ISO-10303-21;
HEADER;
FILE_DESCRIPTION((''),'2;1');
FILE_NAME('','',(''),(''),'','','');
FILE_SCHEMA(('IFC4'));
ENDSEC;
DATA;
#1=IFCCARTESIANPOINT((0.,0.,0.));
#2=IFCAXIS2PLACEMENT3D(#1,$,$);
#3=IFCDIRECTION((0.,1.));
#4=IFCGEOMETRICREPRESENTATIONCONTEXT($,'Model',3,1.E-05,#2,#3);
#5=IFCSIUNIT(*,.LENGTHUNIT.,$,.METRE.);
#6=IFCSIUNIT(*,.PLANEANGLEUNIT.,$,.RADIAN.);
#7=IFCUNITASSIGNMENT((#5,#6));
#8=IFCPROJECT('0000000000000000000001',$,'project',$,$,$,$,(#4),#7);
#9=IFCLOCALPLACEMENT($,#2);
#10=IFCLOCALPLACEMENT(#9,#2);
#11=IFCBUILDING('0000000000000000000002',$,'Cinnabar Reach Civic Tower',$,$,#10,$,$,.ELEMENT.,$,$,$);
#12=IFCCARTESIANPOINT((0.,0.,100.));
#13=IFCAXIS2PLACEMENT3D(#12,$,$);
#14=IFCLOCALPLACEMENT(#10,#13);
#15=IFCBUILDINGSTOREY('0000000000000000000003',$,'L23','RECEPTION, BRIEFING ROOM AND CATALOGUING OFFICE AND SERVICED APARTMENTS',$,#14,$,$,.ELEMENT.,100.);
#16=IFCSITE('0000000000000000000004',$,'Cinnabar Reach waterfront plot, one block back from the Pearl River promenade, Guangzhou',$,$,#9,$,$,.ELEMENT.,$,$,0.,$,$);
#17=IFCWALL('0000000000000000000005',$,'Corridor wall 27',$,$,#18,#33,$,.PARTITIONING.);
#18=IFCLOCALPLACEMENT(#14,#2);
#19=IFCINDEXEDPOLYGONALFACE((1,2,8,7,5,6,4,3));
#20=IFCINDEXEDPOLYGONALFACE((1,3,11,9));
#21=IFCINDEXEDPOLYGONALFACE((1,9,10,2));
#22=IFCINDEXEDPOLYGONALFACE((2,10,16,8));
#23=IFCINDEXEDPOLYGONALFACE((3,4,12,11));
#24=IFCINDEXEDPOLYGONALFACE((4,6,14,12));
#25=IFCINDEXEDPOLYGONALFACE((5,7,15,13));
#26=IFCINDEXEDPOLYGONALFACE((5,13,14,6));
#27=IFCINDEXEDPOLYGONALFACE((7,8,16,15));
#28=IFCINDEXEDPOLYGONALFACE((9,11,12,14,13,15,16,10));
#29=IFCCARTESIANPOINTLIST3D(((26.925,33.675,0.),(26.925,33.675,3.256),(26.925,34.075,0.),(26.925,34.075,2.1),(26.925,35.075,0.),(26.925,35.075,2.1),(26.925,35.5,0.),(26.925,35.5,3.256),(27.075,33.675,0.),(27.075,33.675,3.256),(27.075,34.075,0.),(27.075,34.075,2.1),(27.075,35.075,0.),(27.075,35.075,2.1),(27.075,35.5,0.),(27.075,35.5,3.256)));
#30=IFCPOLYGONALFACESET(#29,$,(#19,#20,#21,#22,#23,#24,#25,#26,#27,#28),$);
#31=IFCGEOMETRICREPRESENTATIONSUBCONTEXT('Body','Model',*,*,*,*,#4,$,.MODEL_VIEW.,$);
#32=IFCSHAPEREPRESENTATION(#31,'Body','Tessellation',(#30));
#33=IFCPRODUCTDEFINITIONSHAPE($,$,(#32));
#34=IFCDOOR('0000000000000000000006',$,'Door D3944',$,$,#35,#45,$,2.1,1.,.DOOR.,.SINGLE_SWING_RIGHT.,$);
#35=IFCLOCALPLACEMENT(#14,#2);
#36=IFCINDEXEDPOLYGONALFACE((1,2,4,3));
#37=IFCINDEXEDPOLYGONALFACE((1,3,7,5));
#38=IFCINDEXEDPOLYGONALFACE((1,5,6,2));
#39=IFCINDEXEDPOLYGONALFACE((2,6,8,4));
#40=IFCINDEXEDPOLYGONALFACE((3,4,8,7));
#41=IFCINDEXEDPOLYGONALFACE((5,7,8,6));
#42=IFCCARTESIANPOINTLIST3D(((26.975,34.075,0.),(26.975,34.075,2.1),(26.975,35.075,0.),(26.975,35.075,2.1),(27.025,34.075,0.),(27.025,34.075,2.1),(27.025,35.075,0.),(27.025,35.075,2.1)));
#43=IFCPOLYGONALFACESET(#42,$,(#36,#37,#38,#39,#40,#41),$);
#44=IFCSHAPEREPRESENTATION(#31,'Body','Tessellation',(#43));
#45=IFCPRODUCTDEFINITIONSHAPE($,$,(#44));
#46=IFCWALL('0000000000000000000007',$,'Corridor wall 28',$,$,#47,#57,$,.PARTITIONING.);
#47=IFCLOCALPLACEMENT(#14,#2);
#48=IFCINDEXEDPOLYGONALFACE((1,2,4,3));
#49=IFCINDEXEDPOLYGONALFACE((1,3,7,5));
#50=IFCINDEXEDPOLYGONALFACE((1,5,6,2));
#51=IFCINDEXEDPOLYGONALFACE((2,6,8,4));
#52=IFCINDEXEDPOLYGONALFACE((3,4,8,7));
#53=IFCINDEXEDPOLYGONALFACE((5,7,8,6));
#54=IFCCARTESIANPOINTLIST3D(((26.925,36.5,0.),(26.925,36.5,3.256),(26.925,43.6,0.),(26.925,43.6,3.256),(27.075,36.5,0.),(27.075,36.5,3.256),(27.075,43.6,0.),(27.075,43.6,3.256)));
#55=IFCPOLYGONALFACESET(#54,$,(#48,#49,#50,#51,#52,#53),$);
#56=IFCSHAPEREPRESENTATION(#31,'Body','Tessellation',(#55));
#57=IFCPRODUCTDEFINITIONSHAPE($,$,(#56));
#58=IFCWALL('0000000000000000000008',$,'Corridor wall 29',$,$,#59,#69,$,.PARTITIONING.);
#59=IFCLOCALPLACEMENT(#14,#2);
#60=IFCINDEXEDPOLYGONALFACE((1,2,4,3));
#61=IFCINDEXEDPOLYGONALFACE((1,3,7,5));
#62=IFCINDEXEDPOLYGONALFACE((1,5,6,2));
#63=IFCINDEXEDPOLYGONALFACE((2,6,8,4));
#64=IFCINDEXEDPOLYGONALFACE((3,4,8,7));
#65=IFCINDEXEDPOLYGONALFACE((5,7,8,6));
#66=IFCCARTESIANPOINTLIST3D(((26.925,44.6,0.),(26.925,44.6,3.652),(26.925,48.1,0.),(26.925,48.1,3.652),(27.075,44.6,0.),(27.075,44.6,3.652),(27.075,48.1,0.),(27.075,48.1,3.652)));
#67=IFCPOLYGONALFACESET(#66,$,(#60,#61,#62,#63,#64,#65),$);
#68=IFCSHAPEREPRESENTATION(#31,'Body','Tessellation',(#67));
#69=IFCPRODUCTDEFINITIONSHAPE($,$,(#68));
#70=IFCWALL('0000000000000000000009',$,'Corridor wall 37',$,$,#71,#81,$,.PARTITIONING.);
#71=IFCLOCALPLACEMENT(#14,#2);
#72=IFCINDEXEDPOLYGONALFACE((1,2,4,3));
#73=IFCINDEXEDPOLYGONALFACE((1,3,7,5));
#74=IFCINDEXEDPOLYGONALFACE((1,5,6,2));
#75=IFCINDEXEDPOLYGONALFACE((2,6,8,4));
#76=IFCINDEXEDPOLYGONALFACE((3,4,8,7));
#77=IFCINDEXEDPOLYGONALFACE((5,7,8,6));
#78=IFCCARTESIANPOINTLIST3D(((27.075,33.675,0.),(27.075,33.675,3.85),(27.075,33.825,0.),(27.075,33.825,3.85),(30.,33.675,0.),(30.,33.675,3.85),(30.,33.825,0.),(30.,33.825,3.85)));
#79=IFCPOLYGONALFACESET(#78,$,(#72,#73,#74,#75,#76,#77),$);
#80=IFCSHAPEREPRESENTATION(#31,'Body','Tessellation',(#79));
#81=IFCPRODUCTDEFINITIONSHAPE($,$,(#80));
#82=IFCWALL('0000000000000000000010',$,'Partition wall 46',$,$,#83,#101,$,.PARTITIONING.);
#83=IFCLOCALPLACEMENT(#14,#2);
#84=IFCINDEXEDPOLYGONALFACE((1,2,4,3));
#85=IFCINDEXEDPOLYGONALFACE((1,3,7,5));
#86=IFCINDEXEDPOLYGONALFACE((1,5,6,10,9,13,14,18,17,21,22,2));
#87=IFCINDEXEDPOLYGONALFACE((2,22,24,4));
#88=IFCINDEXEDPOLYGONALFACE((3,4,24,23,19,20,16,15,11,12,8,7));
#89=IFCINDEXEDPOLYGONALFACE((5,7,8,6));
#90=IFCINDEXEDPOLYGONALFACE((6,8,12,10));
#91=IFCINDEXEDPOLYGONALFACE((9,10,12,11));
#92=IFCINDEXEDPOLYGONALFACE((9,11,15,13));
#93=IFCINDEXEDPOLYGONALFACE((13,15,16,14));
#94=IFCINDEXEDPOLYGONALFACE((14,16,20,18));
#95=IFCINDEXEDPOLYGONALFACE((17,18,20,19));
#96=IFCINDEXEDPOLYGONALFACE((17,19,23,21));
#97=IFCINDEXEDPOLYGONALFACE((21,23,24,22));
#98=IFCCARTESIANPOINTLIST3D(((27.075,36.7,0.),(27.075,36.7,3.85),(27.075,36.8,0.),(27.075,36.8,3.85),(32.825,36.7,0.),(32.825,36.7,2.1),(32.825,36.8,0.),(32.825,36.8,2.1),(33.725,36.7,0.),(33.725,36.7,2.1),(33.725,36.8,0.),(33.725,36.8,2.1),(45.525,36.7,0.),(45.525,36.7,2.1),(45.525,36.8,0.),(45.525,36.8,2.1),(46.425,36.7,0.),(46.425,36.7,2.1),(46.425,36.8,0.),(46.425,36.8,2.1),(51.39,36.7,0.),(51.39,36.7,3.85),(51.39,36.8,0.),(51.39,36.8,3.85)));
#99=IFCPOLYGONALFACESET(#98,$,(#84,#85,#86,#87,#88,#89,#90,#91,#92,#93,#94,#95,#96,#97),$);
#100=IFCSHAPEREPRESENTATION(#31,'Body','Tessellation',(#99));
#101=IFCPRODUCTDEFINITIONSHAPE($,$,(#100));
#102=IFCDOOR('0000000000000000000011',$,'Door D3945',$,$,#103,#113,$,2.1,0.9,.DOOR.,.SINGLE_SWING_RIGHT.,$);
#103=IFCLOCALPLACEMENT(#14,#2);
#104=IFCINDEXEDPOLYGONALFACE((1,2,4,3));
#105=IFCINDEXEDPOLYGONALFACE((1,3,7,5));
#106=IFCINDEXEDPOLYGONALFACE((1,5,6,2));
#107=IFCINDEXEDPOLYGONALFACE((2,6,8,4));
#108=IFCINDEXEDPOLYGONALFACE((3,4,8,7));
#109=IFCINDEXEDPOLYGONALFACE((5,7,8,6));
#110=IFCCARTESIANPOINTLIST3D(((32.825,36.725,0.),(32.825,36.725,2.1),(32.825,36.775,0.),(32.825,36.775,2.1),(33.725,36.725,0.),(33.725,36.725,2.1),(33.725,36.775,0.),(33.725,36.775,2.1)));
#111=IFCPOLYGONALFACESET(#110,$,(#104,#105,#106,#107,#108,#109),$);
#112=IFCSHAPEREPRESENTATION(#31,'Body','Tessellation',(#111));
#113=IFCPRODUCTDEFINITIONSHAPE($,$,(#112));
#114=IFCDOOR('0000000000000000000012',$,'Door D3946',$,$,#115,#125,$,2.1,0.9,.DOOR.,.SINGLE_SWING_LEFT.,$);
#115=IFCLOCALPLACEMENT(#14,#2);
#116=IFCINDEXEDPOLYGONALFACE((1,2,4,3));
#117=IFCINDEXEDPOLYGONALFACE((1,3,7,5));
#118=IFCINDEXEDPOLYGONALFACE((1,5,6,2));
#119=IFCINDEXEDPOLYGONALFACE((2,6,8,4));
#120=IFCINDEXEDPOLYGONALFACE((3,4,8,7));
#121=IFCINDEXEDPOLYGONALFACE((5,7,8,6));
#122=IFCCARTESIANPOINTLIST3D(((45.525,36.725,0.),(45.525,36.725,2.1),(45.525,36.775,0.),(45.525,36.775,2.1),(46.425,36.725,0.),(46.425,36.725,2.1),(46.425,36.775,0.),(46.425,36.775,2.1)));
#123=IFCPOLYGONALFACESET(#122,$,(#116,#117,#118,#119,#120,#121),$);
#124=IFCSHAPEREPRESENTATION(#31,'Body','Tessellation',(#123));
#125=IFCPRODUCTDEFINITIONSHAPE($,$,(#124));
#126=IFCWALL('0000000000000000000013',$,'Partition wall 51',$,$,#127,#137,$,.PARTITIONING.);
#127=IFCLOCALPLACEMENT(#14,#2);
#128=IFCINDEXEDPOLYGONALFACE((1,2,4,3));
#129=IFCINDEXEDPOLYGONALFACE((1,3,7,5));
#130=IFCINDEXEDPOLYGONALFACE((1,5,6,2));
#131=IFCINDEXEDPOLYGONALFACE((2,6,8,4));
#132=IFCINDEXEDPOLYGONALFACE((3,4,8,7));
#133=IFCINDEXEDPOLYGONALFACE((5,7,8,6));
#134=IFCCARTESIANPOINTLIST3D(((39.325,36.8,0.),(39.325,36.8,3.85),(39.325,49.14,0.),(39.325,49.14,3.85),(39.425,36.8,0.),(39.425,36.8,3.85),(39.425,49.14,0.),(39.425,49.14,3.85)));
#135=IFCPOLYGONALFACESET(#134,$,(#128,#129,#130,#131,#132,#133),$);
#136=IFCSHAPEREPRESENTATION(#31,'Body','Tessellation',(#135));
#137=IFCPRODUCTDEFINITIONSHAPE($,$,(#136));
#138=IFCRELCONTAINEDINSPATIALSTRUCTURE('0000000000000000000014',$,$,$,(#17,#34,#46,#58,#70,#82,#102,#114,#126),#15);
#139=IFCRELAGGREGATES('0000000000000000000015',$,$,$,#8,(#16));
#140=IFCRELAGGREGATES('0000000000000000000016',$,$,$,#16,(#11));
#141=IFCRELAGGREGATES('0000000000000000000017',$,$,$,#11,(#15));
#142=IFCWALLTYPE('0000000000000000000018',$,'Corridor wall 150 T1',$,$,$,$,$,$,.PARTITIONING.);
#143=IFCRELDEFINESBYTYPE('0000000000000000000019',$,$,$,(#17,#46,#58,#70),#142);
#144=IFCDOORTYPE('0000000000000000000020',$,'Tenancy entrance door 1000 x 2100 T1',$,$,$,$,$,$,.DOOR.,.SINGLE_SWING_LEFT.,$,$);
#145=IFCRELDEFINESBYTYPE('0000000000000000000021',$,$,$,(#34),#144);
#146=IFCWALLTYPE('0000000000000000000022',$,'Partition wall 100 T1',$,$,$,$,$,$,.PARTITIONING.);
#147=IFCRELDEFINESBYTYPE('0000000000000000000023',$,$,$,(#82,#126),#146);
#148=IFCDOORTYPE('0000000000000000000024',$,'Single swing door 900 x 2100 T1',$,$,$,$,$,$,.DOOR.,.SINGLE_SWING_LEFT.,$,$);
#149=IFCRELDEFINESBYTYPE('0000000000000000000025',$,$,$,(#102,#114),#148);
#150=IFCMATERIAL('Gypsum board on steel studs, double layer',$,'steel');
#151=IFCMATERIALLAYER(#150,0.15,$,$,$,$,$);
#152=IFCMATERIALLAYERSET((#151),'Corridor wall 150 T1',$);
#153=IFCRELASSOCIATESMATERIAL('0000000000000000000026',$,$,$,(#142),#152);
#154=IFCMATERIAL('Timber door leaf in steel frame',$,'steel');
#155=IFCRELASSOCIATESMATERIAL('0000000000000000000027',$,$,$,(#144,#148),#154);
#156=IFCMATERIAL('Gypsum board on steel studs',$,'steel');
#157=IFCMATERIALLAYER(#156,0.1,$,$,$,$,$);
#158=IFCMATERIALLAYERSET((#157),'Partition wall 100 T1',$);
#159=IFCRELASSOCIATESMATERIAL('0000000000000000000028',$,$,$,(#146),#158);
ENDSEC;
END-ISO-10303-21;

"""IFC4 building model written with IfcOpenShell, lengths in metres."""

from ifc_helpers import new_model, si_unit, direction, frame, frame_2d, origin, place, context, subcontext, project, spatial, rectangle, extrude, material, layer, layer_set, type_object, element, fill, save


model = new_model("IFC4")

# Units and contexts
model_context = context("Model", 3, precision=1e-05, world=origin(), true_north=direction((0.0, 1.0)))
body_context = subcontext(model_context, "Body", "Model", "MODEL_VIEW")
ifc_project = project(units=[si_unit("LENGTHUNIT", "METRE"), si_unit("PLANEANGLEUNIT", "RADIAN")], contexts=[model_context])

# Site, building, storey
site_placement = place(None, origin())
site = spatial("IfcSite", under=ifc_project, at=site_placement, Name="Cinnabar Reach waterfront plot, one block back from the Pearl River promenade, Guangzhou", CompositionType="ELEMENT", RefElevation=0.0)
building_placement = place(site_placement, origin())
building = spatial("IfcBuilding", under=site, at=building_placement, Name="Cinnabar Reach Civic Tower", CompositionType="ELEMENT")
storey_placement = place(building_placement, frame((0.0, 0.0, 100.0)))
storey = spatial("IfcBuildingStorey", under=building, at=storey_placement, Name="L23", Description="RECEPTION, BRIEFING ROOM AND CATALOGUING OFFICE AND SERVICED APARTMENTS", CompositionType="ELEMENT", Elevation=100.0)

# Wall, opening, door
ifc_material_1 = material(Name="Gypsum board on steel studs, double layer", Category="steel")
ifc_layer_1 = layer(ifc_material_1, 0.15)
ifc_layer_set_1 = layer_set([ifc_layer_1], Name="Corridor wall 150 T1")
wall_type_1 = type_object("IfcWallType", Name="Corridor wall 150 T1", PredefinedType="PARTITIONING", material=ifc_layer_set_1)
wall_1_placement = place(storey_placement, frame((27.0, 33.675, 0.0), z_axis=(0.0, 0.0, 1.0), x_axis=(0.0, 1.0, 0.0)))
wall_1 = element("IfcWall", 1, at=wall_1_placement, inside=storey, type_object=wall_type_1, Name="Corridor wall 27", PredefinedType="PARTITIONING", context=body_context, shape_type="SweptSolid", body=[
    extrude(rectangle(XDim=1.825, YDim=0.15, at=frame_2d((0.9125, 0.0))), origin(), (0.0, 0.0, 1.0), 3.256),
])
opening_1_placement = place(wall_1_placement, frame((0.4, 0.0, 0.0)))
opening_1 = element("IfcOpeningElement", 2, at=opening_1_placement, cuts=wall_1, PredefinedType="OPENING", context=body_context, shape_type="SweptSolid", body=[
    extrude(rectangle(XDim=1.0, YDim=2.1, at=frame_2d((0.5, 1.05))), frame((0.0, 0.085, 0.0), z_axis=(0.0, -1.0, 0.0), x_axis=(1.0, 0.0, 0.0)), (0.0, 0.0, 1.0), 0.17),
])
ifc_material_2 = material(Name="Timber door leaf in steel frame", Category="steel")
door_type_1 = type_object("IfcDoorType", Name="Tenancy entrance door 1000 x 2100 T1", OperationType="SINGLE_SWING_LEFT", PredefinedType="DOOR", material=ifc_material_2)
door_1_placement = place(opening_1_placement, frame((1.0, 0.0, 0.0), z_axis=(0.0, 0.0, 1.0), x_axis=(-1.0, 0.0, 0.0)))
door_1 = element("IfcDoor", 3, at=door_1_placement, inside=storey, type_object=door_type_1, Name="Door D3944", OperationType="SINGLE_SWING_RIGHT", OverallHeight=2.1, OverallWidth=1.0, PredefinedType="DOOR", context=body_context, shape_type="SweptSolid", body=[
    extrude(rectangle(XDim=1.0, YDim=2.1, at=frame_2d((0.5, 1.05))), frame((0.0, 0.025, 0.0), z_axis=(0.0, -1.0, 0.0), x_axis=(1.0, 0.0, 0.0)), (0.0, 0.0, 1.0), 0.05),
])
fill(opening_1, door_1)

# Walls
wall_2_placement = place(storey_placement, frame((27.0, 36.5, 0.0), z_axis=(0.0, 0.0, 1.0), x_axis=(0.0, 1.0, 0.0)))
element("IfcWall", 4, at=wall_2_placement, inside=storey, type_object=wall_type_1, Name="Corridor wall 28", PredefinedType="PARTITIONING", context=body_context, shape_type="SweptSolid", body=[
    extrude(rectangle(XDim=7.1, YDim=0.15, at=frame_2d((3.55, 0.0))), origin(), (0.0, 0.0, 1.0), 3.256),
])
wall_3_placement = place(storey_placement, frame((27.0, 44.6, 0.0), z_axis=(0.0, 0.0, 1.0), x_axis=(0.0, 1.0, 0.0)))
element("IfcWall", 5, at=wall_3_placement, inside=storey, type_object=wall_type_1, Name="Corridor wall 29", PredefinedType="PARTITIONING", context=body_context, shape_type="SweptSolid", body=[
    extrude(rectangle(XDim=3.5, YDim=0.15, at=frame_2d((1.75, 0.0))), origin(), (0.0, 0.0, 1.0), 3.652),
])
wall_4_placement = place(storey_placement, frame((27.075, 33.75, 0.0), z_axis=(0.0, 0.0, 1.0), x_axis=(1.0, 0.0, 0.0)))
element("IfcWall", 6, at=wall_4_placement, inside=storey, type_object=wall_type_1, Name="Corridor wall 37", PredefinedType="PARTITIONING", context=body_context, shape_type="SweptSolid", body=[
    extrude(rectangle(XDim=2.925, YDim=0.15, at=frame_2d((1.4625, 0.0))), origin(), (0.0, 0.0, 1.0), 3.85),
])

# Wall, openings, doors
ifc_material_3 = material(Name="Gypsum board on steel studs", Category="steel")
ifc_layer_2 = layer(ifc_material_3, 0.1)
ifc_layer_set_2 = layer_set([ifc_layer_2], Name="Partition wall 100 T1")
wall_type_2 = type_object("IfcWallType", Name="Partition wall 100 T1", PredefinedType="PARTITIONING", material=ifc_layer_set_2)
wall_5_placement = place(storey_placement, frame((27.075, 36.75, 0.0), z_axis=(0.0, 0.0, 1.0), x_axis=(1.0, 0.0, 0.0)))
wall_5 = element("IfcWall", 7, at=wall_5_placement, inside=storey, type_object=wall_type_2, Name="Partition wall 46", PredefinedType="PARTITIONING", context=body_context, shape_type="SweptSolid", body=[
    extrude(rectangle(XDim=24.315, YDim=0.1, at=frame_2d((12.1575, 0.0))), origin(), (0.0, 0.0, 1.0), 3.85),
])
opening_2_placement = place(wall_5_placement, frame((5.75, 0.0, 0.0)))
opening_2 = element("IfcOpeningElement", 8, at=opening_2_placement, cuts=wall_5, PredefinedType="OPENING", context=body_context, shape_type="SweptSolid", body=[
    extrude(rectangle(XDim=0.9, YDim=2.1, at=frame_2d((0.45, 1.05))), frame((0.0, 0.06, 0.0), z_axis=(0.0, -1.0, 0.0), x_axis=(1.0, 0.0, 0.0)), (0.0, 0.0, 1.0), 0.12),
])
opening_3_placement = place(wall_5_placement, frame((18.45, 0.0, 0.0)))
opening_3 = element("IfcOpeningElement", 9, at=opening_3_placement, cuts=wall_5, PredefinedType="OPENING", context=body_context, shape_type="SweptSolid", body=[
    extrude(rectangle(XDim=0.9, YDim=2.1, at=frame_2d((0.45, 1.05))), frame((0.0, 0.06, 0.0), z_axis=(0.0, -1.0, 0.0), x_axis=(1.0, 0.0, 0.0)), (0.0, 0.0, 1.0), 0.12),
])
door_type_2 = type_object("IfcDoorType", Name="Single swing door 900 x 2100 T1", OperationType="SINGLE_SWING_LEFT", PredefinedType="DOOR", material=ifc_material_2)
door_2_placement = place(opening_2_placement, frame((0.9, 0.0, 0.0), z_axis=(0.0, 0.0, 1.0), x_axis=(-1.0, 0.0, 0.0)))
door_2 = element("IfcDoor", 10, at=door_2_placement, inside=storey, type_object=door_type_2, Name="Door D3945", OperationType="SINGLE_SWING_RIGHT", OverallHeight=2.1, OverallWidth=0.9, PredefinedType="DOOR", context=body_context, shape_type="SweptSolid", body=[
    extrude(rectangle(XDim=0.9, YDim=2.1, at=frame_2d((0.45, 1.05))), frame((0.0, 0.025, 0.0), z_axis=(0.0, -1.0, 0.0), x_axis=(1.0, 0.0, 0.0)), (0.0, 0.0, 1.0), 0.05),
])
fill(opening_2, door_2)
door_3_placement = place(opening_3_placement, origin())
door_3 = element("IfcDoor", 11, at=door_3_placement, inside=storey, type_object=door_type_2, Name="Door D3946", OperationType="SINGLE_SWING_LEFT", OverallHeight=2.1, OverallWidth=0.9, PredefinedType="DOOR", context=body_context, shape_type="SweptSolid", body=[
    extrude(rectangle(XDim=0.9, YDim=2.1, at=frame_2d((0.45, 1.05))), frame((0.0, 0.025, 0.0), z_axis=(0.0, -1.0, 0.0), x_axis=(1.0, 0.0, 0.0)), (0.0, 0.0, 1.0), 0.05),
])
fill(opening_3, door_3)

# Wall
wall_6_placement = place(storey_placement, frame((39.375, 36.8, 0.0), z_axis=(0.0, 0.0, 1.0), x_axis=(0.0, 1.0, 0.0)))
element("IfcWall", 12, at=wall_6_placement, inside=storey, type_object=wall_type_2, Name="Partition wall 51", PredefinedType="PARTITIONING", context=body_context, shape_type="SweptSolid", body=[
    extrude(rectangle(XDim=12.34, YDim=0.1, at=frame_2d((6.17, 0.0))), origin(), (0.0, 0.0, 1.0), 3.85),
])

save(model, "model.ifc")
